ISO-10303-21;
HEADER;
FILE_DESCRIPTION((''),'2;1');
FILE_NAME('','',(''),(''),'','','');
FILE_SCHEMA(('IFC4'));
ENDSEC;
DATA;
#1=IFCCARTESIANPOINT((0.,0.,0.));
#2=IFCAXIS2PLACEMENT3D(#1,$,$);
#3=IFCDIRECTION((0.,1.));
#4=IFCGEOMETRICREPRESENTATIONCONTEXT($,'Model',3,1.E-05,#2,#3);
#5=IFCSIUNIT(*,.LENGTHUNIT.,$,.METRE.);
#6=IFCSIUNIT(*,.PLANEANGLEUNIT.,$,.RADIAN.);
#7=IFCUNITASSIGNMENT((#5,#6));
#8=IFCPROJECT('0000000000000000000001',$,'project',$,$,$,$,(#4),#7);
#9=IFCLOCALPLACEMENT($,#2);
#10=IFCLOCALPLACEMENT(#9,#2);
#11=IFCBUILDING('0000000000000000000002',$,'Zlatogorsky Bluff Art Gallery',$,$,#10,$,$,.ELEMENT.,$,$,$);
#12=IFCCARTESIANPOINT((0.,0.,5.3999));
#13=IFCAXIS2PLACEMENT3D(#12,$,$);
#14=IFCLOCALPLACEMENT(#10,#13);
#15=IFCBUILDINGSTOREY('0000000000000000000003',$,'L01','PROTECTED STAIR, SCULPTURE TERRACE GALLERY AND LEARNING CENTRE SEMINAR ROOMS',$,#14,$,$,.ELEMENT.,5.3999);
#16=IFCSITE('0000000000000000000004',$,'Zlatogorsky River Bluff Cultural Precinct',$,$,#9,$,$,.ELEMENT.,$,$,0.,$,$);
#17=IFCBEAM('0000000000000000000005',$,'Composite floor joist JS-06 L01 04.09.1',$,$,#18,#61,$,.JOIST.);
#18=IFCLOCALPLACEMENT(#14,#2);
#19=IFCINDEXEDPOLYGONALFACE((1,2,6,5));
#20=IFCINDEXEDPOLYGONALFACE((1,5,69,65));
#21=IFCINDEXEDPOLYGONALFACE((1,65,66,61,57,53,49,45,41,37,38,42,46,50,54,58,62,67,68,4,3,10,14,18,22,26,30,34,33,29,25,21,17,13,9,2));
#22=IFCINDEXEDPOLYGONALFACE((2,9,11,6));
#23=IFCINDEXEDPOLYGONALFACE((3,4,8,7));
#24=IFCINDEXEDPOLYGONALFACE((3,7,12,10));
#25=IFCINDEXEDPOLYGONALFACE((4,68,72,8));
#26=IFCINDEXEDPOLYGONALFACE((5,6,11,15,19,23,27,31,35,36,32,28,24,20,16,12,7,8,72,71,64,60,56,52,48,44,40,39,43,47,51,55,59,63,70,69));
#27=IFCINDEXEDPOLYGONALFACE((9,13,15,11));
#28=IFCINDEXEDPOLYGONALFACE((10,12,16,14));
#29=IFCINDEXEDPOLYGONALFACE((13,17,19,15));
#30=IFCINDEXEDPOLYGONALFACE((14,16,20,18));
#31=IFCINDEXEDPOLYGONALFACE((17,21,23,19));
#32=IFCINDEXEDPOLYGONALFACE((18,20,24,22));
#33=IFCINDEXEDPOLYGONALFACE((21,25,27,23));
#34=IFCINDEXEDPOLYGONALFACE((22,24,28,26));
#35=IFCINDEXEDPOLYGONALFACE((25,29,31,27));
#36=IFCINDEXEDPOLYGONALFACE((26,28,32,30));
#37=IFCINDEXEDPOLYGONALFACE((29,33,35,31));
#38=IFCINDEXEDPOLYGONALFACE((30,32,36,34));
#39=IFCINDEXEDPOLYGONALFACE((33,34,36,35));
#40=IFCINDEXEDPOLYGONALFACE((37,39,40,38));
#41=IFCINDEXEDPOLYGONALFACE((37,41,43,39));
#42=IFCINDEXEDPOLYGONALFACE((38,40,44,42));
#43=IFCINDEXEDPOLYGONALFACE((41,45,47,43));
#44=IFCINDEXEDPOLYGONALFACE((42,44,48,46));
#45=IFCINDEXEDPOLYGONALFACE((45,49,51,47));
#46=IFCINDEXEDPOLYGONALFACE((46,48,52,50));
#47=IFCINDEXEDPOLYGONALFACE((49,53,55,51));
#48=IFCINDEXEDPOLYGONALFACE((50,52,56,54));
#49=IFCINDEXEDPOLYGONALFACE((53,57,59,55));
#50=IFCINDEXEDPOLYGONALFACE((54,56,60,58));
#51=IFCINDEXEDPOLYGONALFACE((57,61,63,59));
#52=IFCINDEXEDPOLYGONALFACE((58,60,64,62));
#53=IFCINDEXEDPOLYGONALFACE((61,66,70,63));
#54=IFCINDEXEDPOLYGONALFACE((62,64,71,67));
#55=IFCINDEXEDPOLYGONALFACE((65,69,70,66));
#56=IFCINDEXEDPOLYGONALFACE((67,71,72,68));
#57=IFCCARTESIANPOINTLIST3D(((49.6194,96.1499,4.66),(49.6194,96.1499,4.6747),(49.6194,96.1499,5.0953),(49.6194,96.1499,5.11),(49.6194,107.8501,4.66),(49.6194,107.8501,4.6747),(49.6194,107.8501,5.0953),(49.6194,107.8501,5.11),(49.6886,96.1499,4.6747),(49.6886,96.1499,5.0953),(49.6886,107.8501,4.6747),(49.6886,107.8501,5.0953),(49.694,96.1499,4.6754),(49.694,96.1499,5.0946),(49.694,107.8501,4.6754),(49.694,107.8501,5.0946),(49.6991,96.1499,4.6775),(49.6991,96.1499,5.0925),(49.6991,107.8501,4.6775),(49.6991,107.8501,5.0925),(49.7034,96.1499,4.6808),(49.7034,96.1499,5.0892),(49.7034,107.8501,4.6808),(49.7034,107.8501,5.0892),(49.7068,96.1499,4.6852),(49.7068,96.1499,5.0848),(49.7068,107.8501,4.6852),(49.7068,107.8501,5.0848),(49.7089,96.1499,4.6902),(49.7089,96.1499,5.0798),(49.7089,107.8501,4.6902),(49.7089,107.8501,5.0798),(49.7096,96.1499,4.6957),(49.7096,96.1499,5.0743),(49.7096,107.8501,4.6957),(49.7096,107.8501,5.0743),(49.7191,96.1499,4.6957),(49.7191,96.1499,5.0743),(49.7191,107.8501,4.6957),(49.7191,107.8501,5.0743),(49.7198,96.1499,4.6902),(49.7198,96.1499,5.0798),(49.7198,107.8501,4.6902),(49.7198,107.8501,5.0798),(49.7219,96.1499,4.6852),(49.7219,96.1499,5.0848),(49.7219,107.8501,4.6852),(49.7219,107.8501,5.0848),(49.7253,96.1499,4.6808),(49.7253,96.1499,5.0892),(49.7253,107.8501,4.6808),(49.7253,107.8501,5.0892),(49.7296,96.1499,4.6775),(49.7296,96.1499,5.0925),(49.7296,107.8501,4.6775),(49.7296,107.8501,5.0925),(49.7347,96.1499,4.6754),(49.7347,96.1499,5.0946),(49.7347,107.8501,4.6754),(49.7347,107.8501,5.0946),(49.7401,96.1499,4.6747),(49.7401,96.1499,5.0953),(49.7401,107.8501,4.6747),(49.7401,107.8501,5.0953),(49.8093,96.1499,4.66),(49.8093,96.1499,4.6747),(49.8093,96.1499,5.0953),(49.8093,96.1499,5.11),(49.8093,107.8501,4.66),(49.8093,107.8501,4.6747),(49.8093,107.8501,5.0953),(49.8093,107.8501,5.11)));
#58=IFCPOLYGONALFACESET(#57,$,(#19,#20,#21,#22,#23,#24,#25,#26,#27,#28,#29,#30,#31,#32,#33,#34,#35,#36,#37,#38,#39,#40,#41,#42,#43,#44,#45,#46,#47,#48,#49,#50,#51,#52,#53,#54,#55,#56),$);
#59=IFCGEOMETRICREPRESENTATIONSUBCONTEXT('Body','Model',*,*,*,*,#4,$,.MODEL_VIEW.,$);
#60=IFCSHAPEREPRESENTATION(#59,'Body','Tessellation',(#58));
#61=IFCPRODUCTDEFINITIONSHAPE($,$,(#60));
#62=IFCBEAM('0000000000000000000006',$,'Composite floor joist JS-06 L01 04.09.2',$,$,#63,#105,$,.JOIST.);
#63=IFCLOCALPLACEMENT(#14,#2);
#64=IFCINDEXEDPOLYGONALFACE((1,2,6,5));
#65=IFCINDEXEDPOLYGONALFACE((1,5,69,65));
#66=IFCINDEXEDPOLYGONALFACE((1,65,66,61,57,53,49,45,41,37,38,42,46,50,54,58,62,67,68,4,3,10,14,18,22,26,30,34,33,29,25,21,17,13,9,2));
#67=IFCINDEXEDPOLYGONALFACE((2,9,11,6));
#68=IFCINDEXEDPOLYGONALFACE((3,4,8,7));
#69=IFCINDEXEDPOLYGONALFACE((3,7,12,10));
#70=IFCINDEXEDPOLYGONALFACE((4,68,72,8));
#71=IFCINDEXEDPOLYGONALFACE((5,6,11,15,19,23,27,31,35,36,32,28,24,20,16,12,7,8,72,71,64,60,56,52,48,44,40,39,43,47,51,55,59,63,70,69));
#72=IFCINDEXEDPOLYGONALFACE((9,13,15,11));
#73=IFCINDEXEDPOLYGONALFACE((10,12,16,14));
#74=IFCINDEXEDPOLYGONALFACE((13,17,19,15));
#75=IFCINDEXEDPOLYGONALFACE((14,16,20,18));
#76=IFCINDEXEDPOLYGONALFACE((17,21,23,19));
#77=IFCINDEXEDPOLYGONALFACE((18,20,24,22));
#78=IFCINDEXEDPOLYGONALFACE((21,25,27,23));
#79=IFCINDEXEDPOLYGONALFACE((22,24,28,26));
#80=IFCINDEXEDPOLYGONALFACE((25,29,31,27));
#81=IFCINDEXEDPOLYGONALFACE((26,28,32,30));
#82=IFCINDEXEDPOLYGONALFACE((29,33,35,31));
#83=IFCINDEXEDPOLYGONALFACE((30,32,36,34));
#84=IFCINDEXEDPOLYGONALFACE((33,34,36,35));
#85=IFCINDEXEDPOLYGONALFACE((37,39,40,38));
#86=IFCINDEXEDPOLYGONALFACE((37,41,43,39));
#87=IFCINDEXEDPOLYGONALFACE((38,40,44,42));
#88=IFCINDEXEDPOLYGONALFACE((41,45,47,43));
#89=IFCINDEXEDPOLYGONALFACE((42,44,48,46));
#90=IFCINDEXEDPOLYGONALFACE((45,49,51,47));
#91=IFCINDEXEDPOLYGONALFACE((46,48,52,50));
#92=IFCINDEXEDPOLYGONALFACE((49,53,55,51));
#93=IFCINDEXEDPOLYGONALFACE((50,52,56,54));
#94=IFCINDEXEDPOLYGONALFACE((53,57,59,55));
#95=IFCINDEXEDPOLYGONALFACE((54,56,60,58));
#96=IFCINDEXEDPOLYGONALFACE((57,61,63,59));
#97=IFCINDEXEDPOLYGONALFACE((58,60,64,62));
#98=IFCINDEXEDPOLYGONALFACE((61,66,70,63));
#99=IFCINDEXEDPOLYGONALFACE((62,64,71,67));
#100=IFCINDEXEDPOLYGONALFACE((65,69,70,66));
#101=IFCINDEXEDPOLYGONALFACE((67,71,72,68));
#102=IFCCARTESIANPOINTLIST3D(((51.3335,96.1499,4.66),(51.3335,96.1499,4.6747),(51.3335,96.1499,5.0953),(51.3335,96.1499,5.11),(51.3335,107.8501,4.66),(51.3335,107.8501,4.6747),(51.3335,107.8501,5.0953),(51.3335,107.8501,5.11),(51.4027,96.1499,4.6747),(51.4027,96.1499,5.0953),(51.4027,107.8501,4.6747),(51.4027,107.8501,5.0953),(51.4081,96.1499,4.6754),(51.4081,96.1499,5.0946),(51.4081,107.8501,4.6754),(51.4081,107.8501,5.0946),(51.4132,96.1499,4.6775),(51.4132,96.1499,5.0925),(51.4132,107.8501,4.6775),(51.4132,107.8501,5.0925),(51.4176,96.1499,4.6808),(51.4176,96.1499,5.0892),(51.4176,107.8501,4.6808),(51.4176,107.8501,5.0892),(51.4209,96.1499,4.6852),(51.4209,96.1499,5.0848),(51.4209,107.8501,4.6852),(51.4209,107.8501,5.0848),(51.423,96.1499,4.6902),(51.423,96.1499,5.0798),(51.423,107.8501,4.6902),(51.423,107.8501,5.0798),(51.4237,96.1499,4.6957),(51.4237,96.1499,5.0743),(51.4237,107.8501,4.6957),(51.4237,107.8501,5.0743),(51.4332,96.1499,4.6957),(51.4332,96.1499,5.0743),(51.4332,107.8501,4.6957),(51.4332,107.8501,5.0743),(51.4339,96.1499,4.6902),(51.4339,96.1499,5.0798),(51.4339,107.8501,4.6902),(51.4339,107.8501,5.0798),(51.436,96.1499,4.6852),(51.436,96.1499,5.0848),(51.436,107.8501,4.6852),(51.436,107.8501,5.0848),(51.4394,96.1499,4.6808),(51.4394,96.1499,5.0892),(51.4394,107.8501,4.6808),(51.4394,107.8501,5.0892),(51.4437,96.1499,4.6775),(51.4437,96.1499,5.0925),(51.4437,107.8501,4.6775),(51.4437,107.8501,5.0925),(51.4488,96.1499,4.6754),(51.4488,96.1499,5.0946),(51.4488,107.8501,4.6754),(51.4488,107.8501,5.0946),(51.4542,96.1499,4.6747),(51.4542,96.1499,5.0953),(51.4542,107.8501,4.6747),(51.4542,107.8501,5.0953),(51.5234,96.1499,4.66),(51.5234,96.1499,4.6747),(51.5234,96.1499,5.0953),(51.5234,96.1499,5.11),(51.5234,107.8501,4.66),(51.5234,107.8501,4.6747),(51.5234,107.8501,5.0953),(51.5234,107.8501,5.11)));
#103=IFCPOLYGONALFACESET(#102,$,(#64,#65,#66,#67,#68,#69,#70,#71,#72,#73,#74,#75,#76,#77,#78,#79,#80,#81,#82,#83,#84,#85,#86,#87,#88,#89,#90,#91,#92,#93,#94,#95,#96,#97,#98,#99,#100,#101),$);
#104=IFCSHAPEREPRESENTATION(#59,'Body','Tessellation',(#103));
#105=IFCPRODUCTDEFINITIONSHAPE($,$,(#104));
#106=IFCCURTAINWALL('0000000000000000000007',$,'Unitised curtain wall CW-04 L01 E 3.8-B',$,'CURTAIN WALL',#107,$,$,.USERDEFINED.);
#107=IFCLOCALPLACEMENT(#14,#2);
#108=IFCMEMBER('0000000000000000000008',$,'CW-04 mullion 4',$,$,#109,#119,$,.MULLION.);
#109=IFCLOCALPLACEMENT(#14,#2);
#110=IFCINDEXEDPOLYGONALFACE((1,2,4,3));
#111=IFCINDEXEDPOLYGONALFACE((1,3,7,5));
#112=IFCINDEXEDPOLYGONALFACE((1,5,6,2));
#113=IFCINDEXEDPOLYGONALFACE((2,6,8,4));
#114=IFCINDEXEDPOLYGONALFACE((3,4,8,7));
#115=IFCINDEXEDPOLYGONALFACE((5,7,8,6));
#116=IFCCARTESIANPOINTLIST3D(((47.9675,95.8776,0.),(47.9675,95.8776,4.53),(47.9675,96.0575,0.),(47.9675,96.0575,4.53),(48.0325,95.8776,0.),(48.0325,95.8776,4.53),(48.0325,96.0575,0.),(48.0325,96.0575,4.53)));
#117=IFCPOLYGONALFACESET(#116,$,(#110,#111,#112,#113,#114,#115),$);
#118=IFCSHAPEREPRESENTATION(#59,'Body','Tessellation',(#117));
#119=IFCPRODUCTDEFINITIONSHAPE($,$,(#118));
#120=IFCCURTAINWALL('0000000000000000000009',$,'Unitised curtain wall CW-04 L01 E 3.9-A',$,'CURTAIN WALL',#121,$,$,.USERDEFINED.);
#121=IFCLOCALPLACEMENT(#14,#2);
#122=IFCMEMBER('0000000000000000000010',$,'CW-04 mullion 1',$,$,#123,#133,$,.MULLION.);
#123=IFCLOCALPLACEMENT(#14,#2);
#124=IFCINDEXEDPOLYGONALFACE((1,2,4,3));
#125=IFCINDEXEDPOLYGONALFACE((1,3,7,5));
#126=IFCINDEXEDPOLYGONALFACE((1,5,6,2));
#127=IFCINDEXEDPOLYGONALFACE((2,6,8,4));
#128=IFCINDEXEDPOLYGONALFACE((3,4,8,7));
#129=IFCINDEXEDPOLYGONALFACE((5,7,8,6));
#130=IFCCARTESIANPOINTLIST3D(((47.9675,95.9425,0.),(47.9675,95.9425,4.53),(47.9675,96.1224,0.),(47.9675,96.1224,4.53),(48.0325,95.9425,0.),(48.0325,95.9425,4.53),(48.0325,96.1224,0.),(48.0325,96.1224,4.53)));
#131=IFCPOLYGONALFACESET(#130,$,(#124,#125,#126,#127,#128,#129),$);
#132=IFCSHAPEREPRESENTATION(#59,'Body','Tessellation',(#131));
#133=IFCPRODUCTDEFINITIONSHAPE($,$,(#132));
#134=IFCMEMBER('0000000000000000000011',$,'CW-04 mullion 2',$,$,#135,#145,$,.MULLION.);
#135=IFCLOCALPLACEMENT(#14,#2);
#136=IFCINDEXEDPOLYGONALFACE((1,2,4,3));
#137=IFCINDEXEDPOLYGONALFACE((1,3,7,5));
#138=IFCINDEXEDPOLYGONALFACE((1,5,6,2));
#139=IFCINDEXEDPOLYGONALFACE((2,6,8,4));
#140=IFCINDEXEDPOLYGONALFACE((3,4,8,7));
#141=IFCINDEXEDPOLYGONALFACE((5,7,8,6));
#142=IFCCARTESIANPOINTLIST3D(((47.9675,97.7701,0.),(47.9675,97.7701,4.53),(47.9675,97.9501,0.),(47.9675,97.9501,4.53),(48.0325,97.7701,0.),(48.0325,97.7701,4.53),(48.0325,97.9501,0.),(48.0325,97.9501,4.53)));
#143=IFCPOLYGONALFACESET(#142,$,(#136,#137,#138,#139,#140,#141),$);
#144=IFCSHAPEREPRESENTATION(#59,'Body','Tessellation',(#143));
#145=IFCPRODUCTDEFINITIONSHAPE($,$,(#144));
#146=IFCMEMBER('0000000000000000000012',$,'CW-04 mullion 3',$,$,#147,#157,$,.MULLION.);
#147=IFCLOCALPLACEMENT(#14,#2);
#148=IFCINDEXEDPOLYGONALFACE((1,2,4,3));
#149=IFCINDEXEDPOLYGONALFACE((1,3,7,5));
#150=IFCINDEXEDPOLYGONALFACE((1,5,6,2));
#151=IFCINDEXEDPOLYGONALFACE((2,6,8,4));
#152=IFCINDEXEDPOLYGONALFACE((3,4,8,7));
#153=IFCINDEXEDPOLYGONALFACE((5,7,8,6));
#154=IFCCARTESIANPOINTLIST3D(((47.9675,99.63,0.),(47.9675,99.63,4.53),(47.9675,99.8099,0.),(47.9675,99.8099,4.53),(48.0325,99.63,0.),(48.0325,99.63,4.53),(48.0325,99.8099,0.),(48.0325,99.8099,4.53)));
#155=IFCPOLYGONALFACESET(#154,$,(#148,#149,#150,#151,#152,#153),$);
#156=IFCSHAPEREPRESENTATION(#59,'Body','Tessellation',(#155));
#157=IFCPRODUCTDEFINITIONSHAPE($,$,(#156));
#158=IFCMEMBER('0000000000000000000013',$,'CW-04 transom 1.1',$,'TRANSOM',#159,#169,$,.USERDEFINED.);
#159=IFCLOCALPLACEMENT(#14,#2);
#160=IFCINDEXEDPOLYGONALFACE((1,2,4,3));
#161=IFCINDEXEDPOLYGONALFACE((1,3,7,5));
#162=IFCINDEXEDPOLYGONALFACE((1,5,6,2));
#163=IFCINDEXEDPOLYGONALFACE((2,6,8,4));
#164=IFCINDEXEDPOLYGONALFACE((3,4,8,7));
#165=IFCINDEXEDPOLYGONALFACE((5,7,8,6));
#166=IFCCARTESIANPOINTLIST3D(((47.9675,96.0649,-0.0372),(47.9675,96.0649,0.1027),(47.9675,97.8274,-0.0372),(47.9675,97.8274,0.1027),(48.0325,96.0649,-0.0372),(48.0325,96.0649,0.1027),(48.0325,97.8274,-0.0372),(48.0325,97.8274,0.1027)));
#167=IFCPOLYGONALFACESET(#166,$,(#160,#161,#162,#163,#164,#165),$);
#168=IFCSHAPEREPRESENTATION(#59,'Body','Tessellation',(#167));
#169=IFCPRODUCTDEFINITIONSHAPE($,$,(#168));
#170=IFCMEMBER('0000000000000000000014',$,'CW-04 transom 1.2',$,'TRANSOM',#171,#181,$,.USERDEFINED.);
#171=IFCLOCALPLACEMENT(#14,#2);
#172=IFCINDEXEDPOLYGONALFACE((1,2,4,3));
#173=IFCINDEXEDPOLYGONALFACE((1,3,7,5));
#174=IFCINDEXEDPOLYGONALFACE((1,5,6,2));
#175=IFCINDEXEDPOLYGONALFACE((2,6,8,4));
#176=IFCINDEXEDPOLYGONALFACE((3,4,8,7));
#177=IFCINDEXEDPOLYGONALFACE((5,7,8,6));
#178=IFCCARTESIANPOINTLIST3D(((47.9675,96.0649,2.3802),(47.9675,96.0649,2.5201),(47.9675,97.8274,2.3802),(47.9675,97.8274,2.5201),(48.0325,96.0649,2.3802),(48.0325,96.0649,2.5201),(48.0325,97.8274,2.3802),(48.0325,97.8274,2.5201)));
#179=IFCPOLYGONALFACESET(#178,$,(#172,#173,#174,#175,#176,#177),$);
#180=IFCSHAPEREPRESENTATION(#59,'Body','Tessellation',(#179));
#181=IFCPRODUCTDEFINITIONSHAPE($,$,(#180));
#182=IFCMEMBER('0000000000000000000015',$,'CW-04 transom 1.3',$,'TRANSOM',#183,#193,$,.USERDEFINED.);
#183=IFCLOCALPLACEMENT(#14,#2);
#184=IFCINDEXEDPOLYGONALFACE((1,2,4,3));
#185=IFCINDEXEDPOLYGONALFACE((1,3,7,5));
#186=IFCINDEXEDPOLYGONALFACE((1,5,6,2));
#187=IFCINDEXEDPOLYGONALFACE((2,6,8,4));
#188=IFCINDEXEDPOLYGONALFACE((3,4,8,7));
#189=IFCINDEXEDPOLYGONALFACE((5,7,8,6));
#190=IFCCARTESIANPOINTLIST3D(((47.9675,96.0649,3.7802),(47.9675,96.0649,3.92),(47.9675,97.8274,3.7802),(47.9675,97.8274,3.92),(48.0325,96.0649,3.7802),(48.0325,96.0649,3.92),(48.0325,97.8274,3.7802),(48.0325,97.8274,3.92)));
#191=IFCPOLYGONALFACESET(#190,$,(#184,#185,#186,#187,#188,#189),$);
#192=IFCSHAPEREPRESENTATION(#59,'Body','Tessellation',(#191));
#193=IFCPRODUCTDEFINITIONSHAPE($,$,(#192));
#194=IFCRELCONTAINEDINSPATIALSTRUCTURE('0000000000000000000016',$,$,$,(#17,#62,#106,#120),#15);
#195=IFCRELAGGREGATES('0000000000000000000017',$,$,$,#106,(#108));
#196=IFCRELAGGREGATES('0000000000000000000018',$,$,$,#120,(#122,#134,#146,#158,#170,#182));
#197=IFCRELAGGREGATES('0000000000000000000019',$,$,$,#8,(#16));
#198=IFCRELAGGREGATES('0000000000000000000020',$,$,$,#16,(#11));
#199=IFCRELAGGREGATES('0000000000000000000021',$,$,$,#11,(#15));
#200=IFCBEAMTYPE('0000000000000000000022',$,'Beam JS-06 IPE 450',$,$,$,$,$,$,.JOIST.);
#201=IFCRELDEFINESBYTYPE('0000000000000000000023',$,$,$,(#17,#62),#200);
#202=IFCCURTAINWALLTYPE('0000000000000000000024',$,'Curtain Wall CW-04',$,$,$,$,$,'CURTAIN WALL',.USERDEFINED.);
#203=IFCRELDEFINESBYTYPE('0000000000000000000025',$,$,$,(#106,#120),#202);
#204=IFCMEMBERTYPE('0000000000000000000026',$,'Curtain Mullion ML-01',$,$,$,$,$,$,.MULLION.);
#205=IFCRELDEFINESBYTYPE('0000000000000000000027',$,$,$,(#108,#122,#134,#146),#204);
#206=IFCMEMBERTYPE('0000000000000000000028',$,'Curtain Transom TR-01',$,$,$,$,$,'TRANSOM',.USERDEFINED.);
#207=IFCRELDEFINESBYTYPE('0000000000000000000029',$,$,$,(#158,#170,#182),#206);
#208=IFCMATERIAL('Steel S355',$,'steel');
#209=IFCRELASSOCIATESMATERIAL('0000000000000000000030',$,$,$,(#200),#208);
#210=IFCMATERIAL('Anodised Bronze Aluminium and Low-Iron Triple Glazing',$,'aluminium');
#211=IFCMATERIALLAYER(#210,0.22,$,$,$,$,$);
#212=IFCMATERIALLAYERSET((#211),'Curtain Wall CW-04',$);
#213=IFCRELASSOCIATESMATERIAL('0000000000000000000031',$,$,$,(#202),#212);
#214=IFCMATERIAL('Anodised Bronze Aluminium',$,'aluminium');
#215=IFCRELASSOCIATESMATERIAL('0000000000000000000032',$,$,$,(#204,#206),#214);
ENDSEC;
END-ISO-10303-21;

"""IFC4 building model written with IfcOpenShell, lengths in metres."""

from ifc_helpers import new_model, si_unit, direction, frame, origin, origin_2d, place, context, subcontext, project, spatial, rectangle, i_section, extrude, material, layer, layer_set, material_profile, profile_set, type_object, element, aggregate, save


model = new_model("IFC4")

# Units and contexts
model_context = context("Model", 3, precision=1e-05, world=origin(), true_north=direction((0.0, 1.0)))
body_context = subcontext(model_context, "Body", "Model", "MODEL_VIEW")
ifc_project = project(units=[si_unit("LENGTHUNIT", "METRE"), si_unit("PLANEANGLEUNIT", "RADIAN")], contexts=[model_context])

# Site, building, storey
site_placement = place(None, origin())
site = spatial("IfcSite", under=ifc_project, at=site_placement, Name="Zlatogorsky River Bluff Cultural Precinct", CompositionType="ELEMENT", RefElevation=0.0)
building_placement = place(site_placement, origin())
building = spatial("IfcBuilding", under=site, at=building_placement, Name="Zlatogorsky Bluff Art Gallery", CompositionType="ELEMENT")
storey_placement = place(building_placement, frame((0.0, 0.0, 5.3999)))
storey = spatial("IfcBuildingStorey", under=building, at=storey_placement, Name="L01", Description="PROTECTED STAIR, SCULPTURE TERRACE GALLERY AND LEARNING CENTRE SEMINAR ROOMS", CompositionType="ELEMENT", Elevation=5.3999)

# Shared definitions
ifc_material_1 = material(Name="Steel S355", Category="steel")

# Beams
ifc_material_profile_1 = material_profile(ifc_material_1, i_section(OverallWidth=0.1899, OverallDepth=0.45, WebThickness=0.0095, FlangeThickness=0.0146, FilletRadius=0.021, at=origin_2d()), Name="IPE 450")
ifc_profile_set_1 = profile_set([ifc_material_profile_1], Name="Steel S355")
beam_type_1 = type_object("IfcBeamType", Name="Beam JS-06 IPE 450", PredefinedType="JOIST", material=ifc_profile_set_1)
for number, where, z_axis, x_axis, name in (
    (1, (49.7144, 96.1499, 4.885), (0.0, 1.0, 0.0), (-1.0, 0.0, 0.0), "Composite floor joist JS-06 L01 04.09.1"),
    (2, (51.4285, 96.1499, 4.885), (0.0, 1.0, 0.0), (-1.0, 0.0, 0.0), "Composite floor joist JS-06 L01 04.09.2"),
):
    element("IfcBeam", number, at=place(storey_placement, frame(where, z_axis=z_axis, x_axis=x_axis)), inside=storey, type_object=beam_type_1, Name=name, PredefinedType="JOIST", context=body_context, shape_type="SweptSolid", body=[
        extrude(i_section(OverallWidth=0.1899, OverallDepth=0.45, WebThickness=0.0095, FlangeThickness=0.0146, FilletRadius=0.021, at=origin_2d()), origin(), (0.0, 0.0, 1.0), 11.7002),
    ])

# Curtain wall, member
ifc_material_2 = material(Name="Anodised Bronze Aluminium and Low-Iron Triple Glazing", Category="aluminium")
ifc_layer_1 = layer(ifc_material_2, 0.22)
ifc_layer_set_1 = layer_set([ifc_layer_1], Name="Curtain Wall CW-04")
curtain_wall_type = type_object("IfcCurtainWallType", Name="Curtain Wall CW-04", ElementType="CURTAIN WALL", PredefinedType="USERDEFINED", material=ifc_layer_set_1)
curtain_wall_1_placement = place(storey_placement, origin())
curtain_wall_1 = element("IfcCurtainWall", 3, at=curtain_wall_1_placement, inside=storey, type_object=curtain_wall_type, Name="Unitised curtain wall CW-04 L01 E 3.8-B", ObjectType="CURTAIN WALL", PredefinedType="USERDEFINED")
ifc_material_3 = material(Name="Anodised Bronze Aluminium", Category="aluminium")
ifc_material_profile_2 = material_profile(ifc_material_3, rectangle(XDim=0.0649, YDim=0.1799, at=origin_2d()), Name="ALU MULLION 65x180")
ifc_profile_set_2 = profile_set([ifc_material_profile_2], Name="Anodised Bronze Aluminium")
member_type_1 = type_object("IfcMemberType", Name="Curtain Mullion ML-01", PredefinedType="MULLION", material=ifc_profile_set_2)
member_1_placement = place(storey_placement, frame((48.0, 95.9675, 0.0), z_axis=(0.0, 0.0, 1.0), x_axis=(-1.0, 0.0, 0.0)))
member_1 = element("IfcMember", 4, at=member_1_placement, type_object=member_type_1, Name="CW-04 mullion 4", PredefinedType="MULLION", context=body_context, shape_type="SweptSolid", body=[
    extrude(rectangle(XDim=0.0649, YDim=0.1799, at=origin_2d()), origin(), (0.0, 0.0, 1.0), 4.53),
])

# Curtain wall, members
curtain_wall_2_placement = place(storey_placement, origin())
curtain_wall_2 = element("IfcCurtainWall", 5, at=curtain_wall_2_placement, inside=storey, type_object=curtain_wall_type, Name="Unitised curtain wall CW-04 L01 E 3.9-A", ObjectType="CURTAIN WALL", PredefinedType="USERDEFINED")
member_2_placement = place(storey_placement, frame((48.0, 96.0325, 0.0), z_axis=(0.0, 0.0, 1.0), x_axis=(-1.0, 0.0, 0.0)))
member_2 = element("IfcMember", 6, at=member_2_placement, type_object=member_type_1, Name="CW-04 mullion 1", PredefinedType="MULLION", context=body_context, shape_type="SweptSolid", body=[
    extrude(rectangle(XDim=0.0649, YDim=0.1799, at=origin_2d()), origin(), (0.0, 0.0, 1.0), 4.53),
])
member_3_placement = place(storey_placement, frame((48.0, 97.8601, 0.0), z_axis=(0.0, 0.0, 1.0), x_axis=(-1.0, 0.0, 0.0)))
member_3 = element("IfcMember", 7, at=member_3_placement, type_object=member_type_1, Name="CW-04 mullion 2", PredefinedType="MULLION", context=body_context, shape_type="SweptSolid", body=[
    extrude(rectangle(XDim=0.0649, YDim=0.1799, at=origin_2d()), origin(), (0.0, 0.0, 1.0), 4.53),
])
member_4_placement = place(storey_placement, frame((48.0, 99.72, 0.0), z_axis=(0.0, 0.0, 1.0), x_axis=(-1.0, 0.0, 0.0)))
member_4 = element("IfcMember", 8, at=member_4_placement, type_object=member_type_1, Name="CW-04 mullion 3", PredefinedType="MULLION", context=body_context, shape_type="SweptSolid", body=[
    extrude(rectangle(XDim=0.0649, YDim=0.1799, at=origin_2d()), origin(), (0.0, 0.0, 1.0), 4.53),
])
ifc_material_profile_3 = material_profile(ifc_material_3, rectangle(XDim=0.0649, YDim=0.1399, at=origin_2d()), Name="ALU TRANSOM 65x140")
ifc_profile_set_3 = profile_set([ifc_material_profile_3], Name="Anodised Bronze Aluminium")
member_type_2 = type_object("IfcMemberType", Name="Curtain Transom TR-01", ElementType="TRANSOM", PredefinedType="USERDEFINED", material=ifc_profile_set_3)
member_5_placement = place(storey_placement, frame((48.0, 96.0649, 0.0327), z_axis=(0.0, 1.0, 0.0), x_axis=(-1.0, 0.0, 0.0)))
member_5 = element("IfcMember", 9, at=member_5_placement, type_object=member_type_2, Name="CW-04 transom 1.1", ObjectType="TRANSOM", PredefinedType="USERDEFINED", context=body_context, shape_type="SweptSolid", body=[
    extrude(rectangle(XDim=0.0649, YDim=0.1399, at=origin_2d()), origin(), (0.0, 0.0, 1.0), 1.7625),
])
member_6_placement = place(storey_placement, frame((48.0, 96.0649, 2.4502), z_axis=(0.0, 1.0, 0.0), x_axis=(-1.0, 0.0, 0.0)))
member_6 = element("IfcMember", 10, at=member_6_placement, type_object=member_type_2, Name="CW-04 transom 1.2", ObjectType="TRANSOM", PredefinedType="USERDEFINED", context=body_context, shape_type="SweptSolid", body=[
    extrude(rectangle(XDim=0.0649, YDim=0.1399, at=origin_2d()), origin(), (0.0, 0.0, 1.0), 1.7625),
])
member_7_placement = place(storey_placement, frame((48.0, 96.0649, 3.8501), z_axis=(0.0, 1.0, 0.0), x_axis=(-1.0, 0.0, 0.0)))
member_7 = element("IfcMember", 11, at=member_7_placement, type_object=member_type_2, Name="CW-04 transom 1.3", ObjectType="TRANSOM", PredefinedType="USERDEFINED", context=body_context, shape_type="SweptSolid", body=[
    extrude(rectangle(XDim=0.0649, YDim=0.1399, at=origin_2d()), origin(), (0.0, 0.0, 1.0), 1.7625),
])

aggregate(curtain_wall_1, [member_1])
aggregate(curtain_wall_2, [member_2, member_3, member_4, member_5, member_6, member_7])

save(model, "model.ifc")
